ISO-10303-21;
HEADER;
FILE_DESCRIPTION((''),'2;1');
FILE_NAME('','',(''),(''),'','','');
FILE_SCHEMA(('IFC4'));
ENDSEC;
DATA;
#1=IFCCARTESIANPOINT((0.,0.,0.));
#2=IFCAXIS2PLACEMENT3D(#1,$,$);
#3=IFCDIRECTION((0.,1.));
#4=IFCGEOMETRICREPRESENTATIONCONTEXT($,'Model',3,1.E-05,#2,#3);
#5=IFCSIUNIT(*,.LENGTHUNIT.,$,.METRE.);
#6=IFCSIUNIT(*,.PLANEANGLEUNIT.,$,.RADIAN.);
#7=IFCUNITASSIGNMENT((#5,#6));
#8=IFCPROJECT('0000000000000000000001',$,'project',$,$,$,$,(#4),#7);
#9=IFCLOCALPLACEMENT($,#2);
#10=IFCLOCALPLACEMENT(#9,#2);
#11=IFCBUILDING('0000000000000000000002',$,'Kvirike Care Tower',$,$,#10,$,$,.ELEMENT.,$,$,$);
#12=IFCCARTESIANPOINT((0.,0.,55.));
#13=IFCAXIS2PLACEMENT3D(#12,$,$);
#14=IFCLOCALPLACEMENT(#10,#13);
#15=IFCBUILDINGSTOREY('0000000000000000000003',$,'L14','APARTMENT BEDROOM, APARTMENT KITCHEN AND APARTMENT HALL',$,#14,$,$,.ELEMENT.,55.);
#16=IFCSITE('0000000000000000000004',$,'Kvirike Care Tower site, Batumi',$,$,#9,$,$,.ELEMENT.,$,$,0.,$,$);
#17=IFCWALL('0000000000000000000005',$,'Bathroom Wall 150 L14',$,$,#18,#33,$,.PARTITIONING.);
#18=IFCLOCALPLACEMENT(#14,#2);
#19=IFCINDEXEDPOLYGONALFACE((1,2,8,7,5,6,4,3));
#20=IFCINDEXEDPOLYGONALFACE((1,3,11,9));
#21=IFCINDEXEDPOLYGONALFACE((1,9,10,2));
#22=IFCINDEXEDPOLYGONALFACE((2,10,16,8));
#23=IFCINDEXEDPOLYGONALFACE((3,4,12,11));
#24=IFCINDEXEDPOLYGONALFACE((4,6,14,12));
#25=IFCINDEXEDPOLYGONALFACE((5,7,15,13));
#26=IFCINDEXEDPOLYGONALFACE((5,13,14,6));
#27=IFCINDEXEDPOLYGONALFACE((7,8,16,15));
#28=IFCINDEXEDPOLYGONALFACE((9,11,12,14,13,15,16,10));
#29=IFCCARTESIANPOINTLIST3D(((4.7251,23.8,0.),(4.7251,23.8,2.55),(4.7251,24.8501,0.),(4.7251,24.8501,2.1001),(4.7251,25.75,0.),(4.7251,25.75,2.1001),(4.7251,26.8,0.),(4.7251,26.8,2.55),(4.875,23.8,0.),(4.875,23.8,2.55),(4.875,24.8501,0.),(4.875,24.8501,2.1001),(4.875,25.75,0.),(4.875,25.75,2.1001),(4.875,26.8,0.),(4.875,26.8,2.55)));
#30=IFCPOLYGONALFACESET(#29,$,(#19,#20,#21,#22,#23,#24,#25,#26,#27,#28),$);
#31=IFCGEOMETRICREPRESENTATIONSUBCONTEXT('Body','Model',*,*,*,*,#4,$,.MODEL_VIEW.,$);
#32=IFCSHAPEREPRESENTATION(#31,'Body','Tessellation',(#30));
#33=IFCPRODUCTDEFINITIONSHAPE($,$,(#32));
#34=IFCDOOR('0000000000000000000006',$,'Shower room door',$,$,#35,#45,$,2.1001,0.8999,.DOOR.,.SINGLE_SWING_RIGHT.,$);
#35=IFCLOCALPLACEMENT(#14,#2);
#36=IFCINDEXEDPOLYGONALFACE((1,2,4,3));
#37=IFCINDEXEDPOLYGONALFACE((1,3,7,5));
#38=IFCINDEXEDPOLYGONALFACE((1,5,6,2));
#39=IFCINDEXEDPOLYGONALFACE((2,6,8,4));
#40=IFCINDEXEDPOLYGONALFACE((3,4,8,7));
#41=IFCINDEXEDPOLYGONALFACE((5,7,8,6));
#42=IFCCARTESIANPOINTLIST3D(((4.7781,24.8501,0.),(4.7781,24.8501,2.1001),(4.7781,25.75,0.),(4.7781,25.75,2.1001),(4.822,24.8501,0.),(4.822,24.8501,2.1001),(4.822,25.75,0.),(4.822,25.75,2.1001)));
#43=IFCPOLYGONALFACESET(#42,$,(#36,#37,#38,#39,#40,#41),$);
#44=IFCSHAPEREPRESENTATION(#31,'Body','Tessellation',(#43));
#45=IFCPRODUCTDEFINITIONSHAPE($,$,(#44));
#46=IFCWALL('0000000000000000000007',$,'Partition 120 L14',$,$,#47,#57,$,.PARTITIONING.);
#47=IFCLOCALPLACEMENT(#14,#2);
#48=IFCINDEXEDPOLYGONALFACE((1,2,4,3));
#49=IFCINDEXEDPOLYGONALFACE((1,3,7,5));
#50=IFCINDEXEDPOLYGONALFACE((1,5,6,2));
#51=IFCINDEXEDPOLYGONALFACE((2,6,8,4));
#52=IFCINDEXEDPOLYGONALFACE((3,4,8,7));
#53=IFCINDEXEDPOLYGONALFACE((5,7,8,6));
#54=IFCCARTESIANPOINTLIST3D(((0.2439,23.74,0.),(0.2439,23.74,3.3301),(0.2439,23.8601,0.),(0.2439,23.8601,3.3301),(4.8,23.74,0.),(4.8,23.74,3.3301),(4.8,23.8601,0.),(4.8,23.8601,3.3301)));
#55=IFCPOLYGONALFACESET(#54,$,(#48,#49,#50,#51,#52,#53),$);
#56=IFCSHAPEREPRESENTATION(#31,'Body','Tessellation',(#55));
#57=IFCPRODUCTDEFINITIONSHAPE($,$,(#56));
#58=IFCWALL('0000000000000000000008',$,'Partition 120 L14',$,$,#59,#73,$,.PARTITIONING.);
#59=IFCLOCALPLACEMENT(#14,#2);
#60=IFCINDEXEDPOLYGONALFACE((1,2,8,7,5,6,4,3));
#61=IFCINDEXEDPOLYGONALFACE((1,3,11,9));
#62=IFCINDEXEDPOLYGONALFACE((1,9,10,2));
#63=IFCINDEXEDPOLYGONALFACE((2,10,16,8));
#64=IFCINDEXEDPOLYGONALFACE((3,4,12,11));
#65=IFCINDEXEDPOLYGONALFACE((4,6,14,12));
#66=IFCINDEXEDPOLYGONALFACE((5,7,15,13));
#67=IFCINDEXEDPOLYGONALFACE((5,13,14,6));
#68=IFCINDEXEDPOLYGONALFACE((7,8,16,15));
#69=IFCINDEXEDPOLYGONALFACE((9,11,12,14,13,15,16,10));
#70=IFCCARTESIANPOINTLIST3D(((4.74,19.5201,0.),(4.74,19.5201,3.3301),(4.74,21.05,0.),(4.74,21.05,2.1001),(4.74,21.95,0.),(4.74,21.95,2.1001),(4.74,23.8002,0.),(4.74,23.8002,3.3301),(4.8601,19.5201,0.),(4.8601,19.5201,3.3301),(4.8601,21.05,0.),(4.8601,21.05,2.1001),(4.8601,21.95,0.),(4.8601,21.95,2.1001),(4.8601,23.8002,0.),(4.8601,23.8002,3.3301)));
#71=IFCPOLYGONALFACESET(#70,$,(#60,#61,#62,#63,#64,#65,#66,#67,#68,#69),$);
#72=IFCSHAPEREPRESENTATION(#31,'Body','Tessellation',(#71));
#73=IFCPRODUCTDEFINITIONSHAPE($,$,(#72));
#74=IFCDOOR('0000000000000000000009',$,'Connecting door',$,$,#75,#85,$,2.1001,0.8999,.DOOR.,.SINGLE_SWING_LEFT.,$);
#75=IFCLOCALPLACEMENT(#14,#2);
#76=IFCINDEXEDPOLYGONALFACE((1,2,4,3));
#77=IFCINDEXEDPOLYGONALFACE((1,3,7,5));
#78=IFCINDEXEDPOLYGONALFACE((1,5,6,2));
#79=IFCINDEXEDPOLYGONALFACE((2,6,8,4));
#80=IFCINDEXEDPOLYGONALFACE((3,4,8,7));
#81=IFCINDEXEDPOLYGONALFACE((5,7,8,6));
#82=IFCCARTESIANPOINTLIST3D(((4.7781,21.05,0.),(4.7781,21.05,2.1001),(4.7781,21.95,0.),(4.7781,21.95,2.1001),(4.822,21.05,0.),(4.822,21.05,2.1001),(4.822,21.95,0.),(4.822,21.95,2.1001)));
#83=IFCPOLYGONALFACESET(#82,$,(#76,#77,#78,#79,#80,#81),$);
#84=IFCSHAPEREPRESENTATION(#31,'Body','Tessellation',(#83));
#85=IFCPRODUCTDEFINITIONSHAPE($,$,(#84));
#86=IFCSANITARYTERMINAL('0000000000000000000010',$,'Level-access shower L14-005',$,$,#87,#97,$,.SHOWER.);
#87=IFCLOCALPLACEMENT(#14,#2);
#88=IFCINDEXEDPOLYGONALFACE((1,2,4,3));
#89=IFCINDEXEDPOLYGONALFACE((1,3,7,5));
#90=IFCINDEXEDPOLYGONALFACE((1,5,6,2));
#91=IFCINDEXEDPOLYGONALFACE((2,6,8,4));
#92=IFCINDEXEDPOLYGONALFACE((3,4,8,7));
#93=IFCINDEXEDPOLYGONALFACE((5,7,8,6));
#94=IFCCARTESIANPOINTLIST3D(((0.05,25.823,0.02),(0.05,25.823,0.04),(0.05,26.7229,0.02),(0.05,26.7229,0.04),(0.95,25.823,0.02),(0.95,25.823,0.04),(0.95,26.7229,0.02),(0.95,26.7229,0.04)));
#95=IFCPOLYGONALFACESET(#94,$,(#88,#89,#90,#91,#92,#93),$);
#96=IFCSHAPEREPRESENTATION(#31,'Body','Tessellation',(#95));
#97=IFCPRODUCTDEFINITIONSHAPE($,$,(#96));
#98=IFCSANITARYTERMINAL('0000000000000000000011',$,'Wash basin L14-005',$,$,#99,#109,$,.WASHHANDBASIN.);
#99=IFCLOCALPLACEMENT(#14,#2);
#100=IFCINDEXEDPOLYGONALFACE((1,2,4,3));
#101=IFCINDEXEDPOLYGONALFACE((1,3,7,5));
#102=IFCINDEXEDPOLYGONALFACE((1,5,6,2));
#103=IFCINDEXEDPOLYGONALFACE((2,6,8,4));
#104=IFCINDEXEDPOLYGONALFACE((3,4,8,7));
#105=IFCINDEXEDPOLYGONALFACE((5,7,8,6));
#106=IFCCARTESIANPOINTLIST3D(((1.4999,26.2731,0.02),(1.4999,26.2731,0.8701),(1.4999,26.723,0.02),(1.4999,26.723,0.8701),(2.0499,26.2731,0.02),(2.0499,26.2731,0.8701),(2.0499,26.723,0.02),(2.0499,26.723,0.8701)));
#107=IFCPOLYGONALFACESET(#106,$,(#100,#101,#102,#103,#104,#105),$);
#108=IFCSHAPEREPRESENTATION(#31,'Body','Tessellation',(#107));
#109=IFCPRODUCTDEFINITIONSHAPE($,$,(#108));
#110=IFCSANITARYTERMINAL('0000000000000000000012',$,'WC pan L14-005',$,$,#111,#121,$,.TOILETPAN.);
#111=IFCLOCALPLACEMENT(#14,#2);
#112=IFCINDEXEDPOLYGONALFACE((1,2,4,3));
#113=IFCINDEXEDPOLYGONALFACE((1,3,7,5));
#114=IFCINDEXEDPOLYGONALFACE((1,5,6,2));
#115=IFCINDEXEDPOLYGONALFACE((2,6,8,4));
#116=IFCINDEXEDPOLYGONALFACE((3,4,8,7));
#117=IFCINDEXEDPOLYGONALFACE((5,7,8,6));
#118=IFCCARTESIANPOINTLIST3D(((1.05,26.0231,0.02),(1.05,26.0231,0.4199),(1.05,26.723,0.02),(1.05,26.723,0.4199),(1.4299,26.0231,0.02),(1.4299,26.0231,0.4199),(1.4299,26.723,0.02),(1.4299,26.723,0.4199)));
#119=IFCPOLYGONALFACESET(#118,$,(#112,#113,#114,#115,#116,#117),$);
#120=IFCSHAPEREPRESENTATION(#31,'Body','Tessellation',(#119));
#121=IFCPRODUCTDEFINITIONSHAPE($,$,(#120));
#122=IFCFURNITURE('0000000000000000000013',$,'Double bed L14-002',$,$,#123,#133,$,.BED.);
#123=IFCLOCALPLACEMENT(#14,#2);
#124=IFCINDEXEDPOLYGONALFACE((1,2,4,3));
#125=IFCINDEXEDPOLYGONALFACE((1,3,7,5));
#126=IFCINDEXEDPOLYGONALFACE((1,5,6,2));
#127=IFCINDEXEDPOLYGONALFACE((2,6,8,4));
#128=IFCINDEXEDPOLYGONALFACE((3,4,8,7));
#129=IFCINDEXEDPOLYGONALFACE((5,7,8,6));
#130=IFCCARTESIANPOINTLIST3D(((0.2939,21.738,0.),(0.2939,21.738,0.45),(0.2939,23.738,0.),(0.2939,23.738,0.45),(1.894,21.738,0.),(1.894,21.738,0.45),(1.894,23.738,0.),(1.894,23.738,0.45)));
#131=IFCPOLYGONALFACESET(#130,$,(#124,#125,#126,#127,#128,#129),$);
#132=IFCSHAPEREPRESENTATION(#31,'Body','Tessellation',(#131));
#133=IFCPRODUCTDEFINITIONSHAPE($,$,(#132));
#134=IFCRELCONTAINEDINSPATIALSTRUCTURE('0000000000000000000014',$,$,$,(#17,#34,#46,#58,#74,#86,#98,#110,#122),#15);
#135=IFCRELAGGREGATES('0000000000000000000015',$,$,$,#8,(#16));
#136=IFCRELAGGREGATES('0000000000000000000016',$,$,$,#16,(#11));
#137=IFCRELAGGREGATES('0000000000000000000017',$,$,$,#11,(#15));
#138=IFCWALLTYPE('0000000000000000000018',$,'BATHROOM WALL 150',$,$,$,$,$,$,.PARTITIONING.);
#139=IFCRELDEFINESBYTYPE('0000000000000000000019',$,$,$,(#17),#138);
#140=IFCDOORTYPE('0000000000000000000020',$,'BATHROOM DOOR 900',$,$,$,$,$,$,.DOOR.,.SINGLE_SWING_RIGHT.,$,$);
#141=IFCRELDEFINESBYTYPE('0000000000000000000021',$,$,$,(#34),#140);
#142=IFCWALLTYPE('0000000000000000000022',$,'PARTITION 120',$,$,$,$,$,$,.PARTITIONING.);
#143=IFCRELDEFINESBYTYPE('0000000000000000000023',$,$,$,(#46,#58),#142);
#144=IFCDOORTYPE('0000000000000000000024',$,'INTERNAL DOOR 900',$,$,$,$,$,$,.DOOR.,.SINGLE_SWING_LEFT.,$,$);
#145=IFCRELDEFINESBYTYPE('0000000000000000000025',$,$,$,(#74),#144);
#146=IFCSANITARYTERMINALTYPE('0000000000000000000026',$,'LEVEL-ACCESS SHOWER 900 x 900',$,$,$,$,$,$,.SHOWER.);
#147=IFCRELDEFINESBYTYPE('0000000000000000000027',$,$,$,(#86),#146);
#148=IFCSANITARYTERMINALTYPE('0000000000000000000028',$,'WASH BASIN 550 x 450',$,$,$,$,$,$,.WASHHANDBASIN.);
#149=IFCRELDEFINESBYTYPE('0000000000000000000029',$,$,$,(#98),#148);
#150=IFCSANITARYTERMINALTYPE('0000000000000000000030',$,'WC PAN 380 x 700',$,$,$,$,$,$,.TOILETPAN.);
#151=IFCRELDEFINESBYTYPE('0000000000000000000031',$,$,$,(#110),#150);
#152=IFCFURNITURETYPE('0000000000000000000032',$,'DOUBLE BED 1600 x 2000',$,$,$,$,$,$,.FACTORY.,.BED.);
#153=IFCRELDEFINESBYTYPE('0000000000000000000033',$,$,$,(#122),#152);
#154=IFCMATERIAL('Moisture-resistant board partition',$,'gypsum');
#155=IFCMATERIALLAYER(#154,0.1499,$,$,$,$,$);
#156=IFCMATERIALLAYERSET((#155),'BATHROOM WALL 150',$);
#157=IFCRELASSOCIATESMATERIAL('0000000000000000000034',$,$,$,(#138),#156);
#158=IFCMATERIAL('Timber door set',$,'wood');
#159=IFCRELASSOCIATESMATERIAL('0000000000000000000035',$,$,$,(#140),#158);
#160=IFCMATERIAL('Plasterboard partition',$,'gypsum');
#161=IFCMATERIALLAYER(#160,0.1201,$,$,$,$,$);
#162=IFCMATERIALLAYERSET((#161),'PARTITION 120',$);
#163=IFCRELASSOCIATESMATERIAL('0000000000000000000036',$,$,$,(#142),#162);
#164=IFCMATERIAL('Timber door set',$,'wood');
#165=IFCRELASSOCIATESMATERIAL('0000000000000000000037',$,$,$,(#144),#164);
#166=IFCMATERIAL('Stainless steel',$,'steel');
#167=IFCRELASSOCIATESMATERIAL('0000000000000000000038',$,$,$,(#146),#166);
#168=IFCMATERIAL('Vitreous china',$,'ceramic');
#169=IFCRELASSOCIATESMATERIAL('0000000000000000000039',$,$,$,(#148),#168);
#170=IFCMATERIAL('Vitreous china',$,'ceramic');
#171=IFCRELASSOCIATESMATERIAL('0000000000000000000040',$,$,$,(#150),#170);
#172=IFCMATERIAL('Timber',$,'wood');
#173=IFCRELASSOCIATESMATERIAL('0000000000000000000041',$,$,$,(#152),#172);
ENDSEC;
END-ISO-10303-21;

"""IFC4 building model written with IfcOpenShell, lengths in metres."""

from ifc_helpers import new_model, si_unit, direction, frame, frame_2d, origin, origin_2d, place, context, subcontext, project, spatial, rectangle, extrude, material, layer, layer_set, type_object, element, fill, save


model = new_model("IFC4")

# Units and contexts
model_context = context("Model", 3, precision=1e-05, world=origin(), true_north=direction((0.0, 1.0)))
body_context = subcontext(model_context, "Body", "Model", "MODEL_VIEW")
ifc_project = project(units=[si_unit("LENGTHUNIT", "METRE"), si_unit("PLANEANGLEUNIT", "RADIAN")], contexts=[model_context])

# Site, building, storey
site_placement = place(None, origin())
site = spatial("IfcSite", under=ifc_project, at=site_placement, Name="Kvirike Care Tower site, Batumi", CompositionType="ELEMENT", RefElevation=0.0)
building_placement = place(site_placement, origin())
building = spatial("IfcBuilding", under=site, at=building_placement, Name="Kvirike Care Tower", CompositionType="ELEMENT")
storey_placement = place(building_placement, frame((0.0, 0.0, 55.0)))
storey = spatial("IfcBuildingStorey", under=building, at=storey_placement, Name="L14", Description="APARTMENT BEDROOM, APARTMENT KITCHEN AND APARTMENT HALL", CompositionType="ELEMENT", Elevation=55.0)

# Wall, opening, door
ifc_material_1 = material(Name="Moisture-resistant board partition", Category="gypsum")
ifc_layer_1 = layer(ifc_material_1, 0.1499)
ifc_layer_set_1 = layer_set([ifc_layer_1], Name="BATHROOM WALL 150")
wall_type_1 = type_object("IfcWallType", Name="BATHROOM WALL 150", PredefinedType="PARTITIONING", material=ifc_layer_set_1)
wall_1_placement = place(storey_placement, frame((4.8, 23.8, 0.0), z_axis=(0.0, 0.0, 1.0), x_axis=(0.0, 1.0, 0.0)))
wall_1 = element("IfcWall", 1, at=wall_1_placement, inside=storey, type_object=wall_type_1, Name="Bathroom Wall 150 L14", PredefinedType="PARTITIONING", context=body_context, shape_type="SweptSolid", body=[
    extrude(rectangle(XDim=3.0, YDim=0.1499, at=frame_2d((1.5, 0.0))), origin(), (0.0, 0.0, 1.0), 2.55),
])
opening_1_placement = place(wall_1_placement, frame((1.05, 0.0, 0.0)))
opening_1 = element("IfcOpeningElement", 2, at=opening_1_placement, cuts=wall_1, PredefinedType="OPENING", context=body_context, shape_type="SweptSolid", body=[
    extrude(rectangle(XDim=0.8999, YDim=2.1001, at=frame_2d((0.45, 1.05))), frame((0.0, 0.0854, 0.0), z_axis=(0.0, -1.0, 0.0), x_axis=(1.0, 0.0, 0.0)), (0.0, 0.0, 1.0), 0.1709),
])
ifc_material_2 = material(Name="Timber door set", Category="wood")
door_type_1 = type_object("IfcDoorType", Name="BATHROOM DOOR 900", OperationType="SINGLE_SWING_RIGHT", PredefinedType="DOOR", material=ifc_material_2)
door_1_placement = place(opening_1_placement, origin())
door_1 = element("IfcDoor", 3, at=door_1_placement, inside=storey, type_object=door_type_1, Name="Shower room door", OperationType="SINGLE_SWING_RIGHT", OverallHeight=2.1001, OverallWidth=0.8999, PredefinedType="DOOR", context=body_context, shape_type="SweptSolid", body=[
    extrude(rectangle(XDim=0.8999, YDim=2.1001, at=frame_2d((0.45, 1.05))), frame((0.0, 0.022, 0.0), z_axis=(0.0, -1.0, 0.0), x_axis=(1.0, 0.0, 0.0)), (0.0, 0.0, 1.0), 0.0439),
])
fill(opening_1, door_1)

# Wall
ifc_material_3 = material(Name="Plasterboard partition", Category="gypsum")
ifc_layer_2 = layer(ifc_material_3, 0.1201)
ifc_layer_set_2 = layer_set([ifc_layer_2], Name="PARTITION 120")
wall_type_2 = type_object("IfcWallType", Name="PARTITION 120", PredefinedType="PARTITIONING", material=ifc_layer_set_2)
wall_2_placement = place(storey_placement, frame((0.2439, 23.8, 0.0), z_axis=(0.0, 0.0, 1.0), x_axis=(1.0, 0.0, 0.0)))
element("IfcWall", 4, at=wall_2_placement, inside=storey, type_object=wall_type_2, Name="Partition 120 L14", PredefinedType="PARTITIONING", context=body_context, shape_type="SweptSolid", body=[
    extrude(rectangle(XDim=4.5562, YDim=0.1201, at=frame_2d((2.2781, 0.0))), origin(), (0.0, 0.0, 1.0), 3.3301),
])

# Wall, opening, door
wall_3_placement = place(storey_placement, frame((4.8, 19.52, 0.0), z_axis=(0.0, 0.0, 1.0), x_axis=(0.0, 1.0, 0.0)))
wall_3 = element("IfcWall", 5, at=wall_3_placement, inside=storey, type_object=wall_type_2, Name="Partition 120 L14", PredefinedType="PARTITIONING", context=body_context, shape_type="SweptSolid", body=[
    extrude(rectangle(XDim=4.28, YDim=0.1201, at=frame_2d((2.1401, 0.0))), origin(), (0.0, 0.0, 1.0), 3.3301),
])
opening_2_placement = place(wall_3_placement, frame((1.53, 0.0, 0.0)))
opening_2 = element("IfcOpeningElement", 6, at=opening_2_placement, cuts=wall_3, PredefinedType="OPENING", context=body_context, shape_type="SweptSolid", body=[
    extrude(rectangle(XDim=0.8999, YDim=2.1001, at=frame_2d((0.45, 1.05))), frame((0.0, 0.0706, 0.0), z_axis=(0.0, -1.0, 0.0), x_axis=(1.0, 0.0, 0.0)), (0.0, 0.0, 1.0), 0.1411),
])
ifc_material_4 = material(Name="Timber door set", Category="wood")
door_type_2 = type_object("IfcDoorType", Name="INTERNAL DOOR 900", OperationType="SINGLE_SWING_LEFT", PredefinedType="DOOR", material=ifc_material_4)
door_2_placement = place(opening_2_placement, origin())
door_2 = element("IfcDoor", 7, at=door_2_placement, inside=storey, type_object=door_type_2, Name="Connecting door", OperationType="SINGLE_SWING_LEFT", OverallHeight=2.1001, OverallWidth=0.8999, PredefinedType="DOOR", context=body_context, shape_type="SweptSolid", body=[
    extrude(rectangle(XDim=0.8999, YDim=2.1001, at=frame_2d((0.45, 1.05))), frame((0.0, 0.022, 0.0), z_axis=(0.0, -1.0, 0.0), x_axis=(1.0, 0.0, 0.0)), (0.0, 0.0, 1.0), 0.0439),
])
fill(opening_2, door_2)

# Sanitary terminals
ifc_material_5 = material(Name="Stainless steel", Category="steel")
sanitary_terminal_type_1 = type_object("IfcSanitaryTerminalType", Name="LEVEL-ACCESS SHOWER 900 x 900", PredefinedType="SHOWER", material=ifc_material_5)
sanitary_terminal_1_placement = place(storey_placement, frame((0.5, 26.2729, 0.02), z_axis=(0.0, 0.0, 1.0), x_axis=(1.0, 0.0, 0.0)))
element("IfcSanitaryTerminal", 8, at=sanitary_terminal_1_placement, inside=storey, type_object=sanitary_terminal_type_1, Name="Level-access shower L14-005", PredefinedType="SHOWER", context=body_context, shape_type="SweptSolid", body=[
    extrude(rectangle(XDim=0.8999, YDim=0.8999, at=origin_2d()), origin(), (0.0, 0.0, 1.0), 0.02),
])
ifc_material_6 = material(Name="Vitreous china", Category="ceramic")
sanitary_terminal_type_2 = type_object("IfcSanitaryTerminalType", Name="WASH BASIN 550 x 450", PredefinedType="WASHHANDBASIN", material=ifc_material_6)
sanitary_terminal_2_placement = place(storey_placement, frame((1.7749, 26.498, 0.02), z_axis=(0.0, 0.0, 1.0), x_axis=(1.0, 0.0, 0.0)))
element("IfcSanitaryTerminal", 9, at=sanitary_terminal_2_placement, inside=storey, type_object=sanitary_terminal_type_2, Name="Wash basin L14-005", PredefinedType="WASHHANDBASIN", context=body_context, shape_type="SweptSolid", body=[
    extrude(rectangle(XDim=0.55, YDim=0.45, at=origin_2d()), origin(), (0.0, 0.0, 1.0), 0.8501),
])
ifc_material_7 = material(Name="Vitreous china", Category="ceramic")
sanitary_terminal_type_3 = type_object("IfcSanitaryTerminalType", Name="WC PAN 380 x 700", PredefinedType="TOILETPAN", material=ifc_material_7)
sanitary_terminal_3_placement = place(storey_placement, frame((1.24, 26.373, 0.02), z_axis=(0.0, 0.0, 1.0), x_axis=(1.0, 0.0, 0.0)))
element("IfcSanitaryTerminal", 10, at=sanitary_terminal_3_placement, inside=storey, type_object=sanitary_terminal_type_3, Name="WC pan L14-005", PredefinedType="TOILETPAN", context=body_context, shape_type="SweptSolid", body=[
    extrude(rectangle(XDim=0.3799, YDim=0.7, at=origin_2d()), origin(), (0.0, 0.0, 1.0), 0.3999),
])

# Furniture
ifc_material_8 = material(Name="Timber", Category="wood")
furniture_type = type_object("IfcFurnitureType", Name="DOUBLE BED 1600 x 2000", AssemblyPlace="FACTORY", PredefinedType="BED", material=ifc_material_8)
furniture_placement = place(storey_placement, frame((1.094, 22.738, 0.0), z_axis=(0.0, 0.0, 1.0), x_axis=(1.0, 0.0, 0.0)))
element("IfcFurniture", 11, at=furniture_placement, inside=storey, type_object=furniture_type, Name="Double bed L14-002", PredefinedType="BED", context=body_context, shape_type="SweptSolid", body=[
    extrude(rectangle(XDim=1.6001, YDim=2.0, at=origin_2d()), origin(), (0.0, 0.0, 1.0), 0.45),
])

save(model, "model.ifc")
